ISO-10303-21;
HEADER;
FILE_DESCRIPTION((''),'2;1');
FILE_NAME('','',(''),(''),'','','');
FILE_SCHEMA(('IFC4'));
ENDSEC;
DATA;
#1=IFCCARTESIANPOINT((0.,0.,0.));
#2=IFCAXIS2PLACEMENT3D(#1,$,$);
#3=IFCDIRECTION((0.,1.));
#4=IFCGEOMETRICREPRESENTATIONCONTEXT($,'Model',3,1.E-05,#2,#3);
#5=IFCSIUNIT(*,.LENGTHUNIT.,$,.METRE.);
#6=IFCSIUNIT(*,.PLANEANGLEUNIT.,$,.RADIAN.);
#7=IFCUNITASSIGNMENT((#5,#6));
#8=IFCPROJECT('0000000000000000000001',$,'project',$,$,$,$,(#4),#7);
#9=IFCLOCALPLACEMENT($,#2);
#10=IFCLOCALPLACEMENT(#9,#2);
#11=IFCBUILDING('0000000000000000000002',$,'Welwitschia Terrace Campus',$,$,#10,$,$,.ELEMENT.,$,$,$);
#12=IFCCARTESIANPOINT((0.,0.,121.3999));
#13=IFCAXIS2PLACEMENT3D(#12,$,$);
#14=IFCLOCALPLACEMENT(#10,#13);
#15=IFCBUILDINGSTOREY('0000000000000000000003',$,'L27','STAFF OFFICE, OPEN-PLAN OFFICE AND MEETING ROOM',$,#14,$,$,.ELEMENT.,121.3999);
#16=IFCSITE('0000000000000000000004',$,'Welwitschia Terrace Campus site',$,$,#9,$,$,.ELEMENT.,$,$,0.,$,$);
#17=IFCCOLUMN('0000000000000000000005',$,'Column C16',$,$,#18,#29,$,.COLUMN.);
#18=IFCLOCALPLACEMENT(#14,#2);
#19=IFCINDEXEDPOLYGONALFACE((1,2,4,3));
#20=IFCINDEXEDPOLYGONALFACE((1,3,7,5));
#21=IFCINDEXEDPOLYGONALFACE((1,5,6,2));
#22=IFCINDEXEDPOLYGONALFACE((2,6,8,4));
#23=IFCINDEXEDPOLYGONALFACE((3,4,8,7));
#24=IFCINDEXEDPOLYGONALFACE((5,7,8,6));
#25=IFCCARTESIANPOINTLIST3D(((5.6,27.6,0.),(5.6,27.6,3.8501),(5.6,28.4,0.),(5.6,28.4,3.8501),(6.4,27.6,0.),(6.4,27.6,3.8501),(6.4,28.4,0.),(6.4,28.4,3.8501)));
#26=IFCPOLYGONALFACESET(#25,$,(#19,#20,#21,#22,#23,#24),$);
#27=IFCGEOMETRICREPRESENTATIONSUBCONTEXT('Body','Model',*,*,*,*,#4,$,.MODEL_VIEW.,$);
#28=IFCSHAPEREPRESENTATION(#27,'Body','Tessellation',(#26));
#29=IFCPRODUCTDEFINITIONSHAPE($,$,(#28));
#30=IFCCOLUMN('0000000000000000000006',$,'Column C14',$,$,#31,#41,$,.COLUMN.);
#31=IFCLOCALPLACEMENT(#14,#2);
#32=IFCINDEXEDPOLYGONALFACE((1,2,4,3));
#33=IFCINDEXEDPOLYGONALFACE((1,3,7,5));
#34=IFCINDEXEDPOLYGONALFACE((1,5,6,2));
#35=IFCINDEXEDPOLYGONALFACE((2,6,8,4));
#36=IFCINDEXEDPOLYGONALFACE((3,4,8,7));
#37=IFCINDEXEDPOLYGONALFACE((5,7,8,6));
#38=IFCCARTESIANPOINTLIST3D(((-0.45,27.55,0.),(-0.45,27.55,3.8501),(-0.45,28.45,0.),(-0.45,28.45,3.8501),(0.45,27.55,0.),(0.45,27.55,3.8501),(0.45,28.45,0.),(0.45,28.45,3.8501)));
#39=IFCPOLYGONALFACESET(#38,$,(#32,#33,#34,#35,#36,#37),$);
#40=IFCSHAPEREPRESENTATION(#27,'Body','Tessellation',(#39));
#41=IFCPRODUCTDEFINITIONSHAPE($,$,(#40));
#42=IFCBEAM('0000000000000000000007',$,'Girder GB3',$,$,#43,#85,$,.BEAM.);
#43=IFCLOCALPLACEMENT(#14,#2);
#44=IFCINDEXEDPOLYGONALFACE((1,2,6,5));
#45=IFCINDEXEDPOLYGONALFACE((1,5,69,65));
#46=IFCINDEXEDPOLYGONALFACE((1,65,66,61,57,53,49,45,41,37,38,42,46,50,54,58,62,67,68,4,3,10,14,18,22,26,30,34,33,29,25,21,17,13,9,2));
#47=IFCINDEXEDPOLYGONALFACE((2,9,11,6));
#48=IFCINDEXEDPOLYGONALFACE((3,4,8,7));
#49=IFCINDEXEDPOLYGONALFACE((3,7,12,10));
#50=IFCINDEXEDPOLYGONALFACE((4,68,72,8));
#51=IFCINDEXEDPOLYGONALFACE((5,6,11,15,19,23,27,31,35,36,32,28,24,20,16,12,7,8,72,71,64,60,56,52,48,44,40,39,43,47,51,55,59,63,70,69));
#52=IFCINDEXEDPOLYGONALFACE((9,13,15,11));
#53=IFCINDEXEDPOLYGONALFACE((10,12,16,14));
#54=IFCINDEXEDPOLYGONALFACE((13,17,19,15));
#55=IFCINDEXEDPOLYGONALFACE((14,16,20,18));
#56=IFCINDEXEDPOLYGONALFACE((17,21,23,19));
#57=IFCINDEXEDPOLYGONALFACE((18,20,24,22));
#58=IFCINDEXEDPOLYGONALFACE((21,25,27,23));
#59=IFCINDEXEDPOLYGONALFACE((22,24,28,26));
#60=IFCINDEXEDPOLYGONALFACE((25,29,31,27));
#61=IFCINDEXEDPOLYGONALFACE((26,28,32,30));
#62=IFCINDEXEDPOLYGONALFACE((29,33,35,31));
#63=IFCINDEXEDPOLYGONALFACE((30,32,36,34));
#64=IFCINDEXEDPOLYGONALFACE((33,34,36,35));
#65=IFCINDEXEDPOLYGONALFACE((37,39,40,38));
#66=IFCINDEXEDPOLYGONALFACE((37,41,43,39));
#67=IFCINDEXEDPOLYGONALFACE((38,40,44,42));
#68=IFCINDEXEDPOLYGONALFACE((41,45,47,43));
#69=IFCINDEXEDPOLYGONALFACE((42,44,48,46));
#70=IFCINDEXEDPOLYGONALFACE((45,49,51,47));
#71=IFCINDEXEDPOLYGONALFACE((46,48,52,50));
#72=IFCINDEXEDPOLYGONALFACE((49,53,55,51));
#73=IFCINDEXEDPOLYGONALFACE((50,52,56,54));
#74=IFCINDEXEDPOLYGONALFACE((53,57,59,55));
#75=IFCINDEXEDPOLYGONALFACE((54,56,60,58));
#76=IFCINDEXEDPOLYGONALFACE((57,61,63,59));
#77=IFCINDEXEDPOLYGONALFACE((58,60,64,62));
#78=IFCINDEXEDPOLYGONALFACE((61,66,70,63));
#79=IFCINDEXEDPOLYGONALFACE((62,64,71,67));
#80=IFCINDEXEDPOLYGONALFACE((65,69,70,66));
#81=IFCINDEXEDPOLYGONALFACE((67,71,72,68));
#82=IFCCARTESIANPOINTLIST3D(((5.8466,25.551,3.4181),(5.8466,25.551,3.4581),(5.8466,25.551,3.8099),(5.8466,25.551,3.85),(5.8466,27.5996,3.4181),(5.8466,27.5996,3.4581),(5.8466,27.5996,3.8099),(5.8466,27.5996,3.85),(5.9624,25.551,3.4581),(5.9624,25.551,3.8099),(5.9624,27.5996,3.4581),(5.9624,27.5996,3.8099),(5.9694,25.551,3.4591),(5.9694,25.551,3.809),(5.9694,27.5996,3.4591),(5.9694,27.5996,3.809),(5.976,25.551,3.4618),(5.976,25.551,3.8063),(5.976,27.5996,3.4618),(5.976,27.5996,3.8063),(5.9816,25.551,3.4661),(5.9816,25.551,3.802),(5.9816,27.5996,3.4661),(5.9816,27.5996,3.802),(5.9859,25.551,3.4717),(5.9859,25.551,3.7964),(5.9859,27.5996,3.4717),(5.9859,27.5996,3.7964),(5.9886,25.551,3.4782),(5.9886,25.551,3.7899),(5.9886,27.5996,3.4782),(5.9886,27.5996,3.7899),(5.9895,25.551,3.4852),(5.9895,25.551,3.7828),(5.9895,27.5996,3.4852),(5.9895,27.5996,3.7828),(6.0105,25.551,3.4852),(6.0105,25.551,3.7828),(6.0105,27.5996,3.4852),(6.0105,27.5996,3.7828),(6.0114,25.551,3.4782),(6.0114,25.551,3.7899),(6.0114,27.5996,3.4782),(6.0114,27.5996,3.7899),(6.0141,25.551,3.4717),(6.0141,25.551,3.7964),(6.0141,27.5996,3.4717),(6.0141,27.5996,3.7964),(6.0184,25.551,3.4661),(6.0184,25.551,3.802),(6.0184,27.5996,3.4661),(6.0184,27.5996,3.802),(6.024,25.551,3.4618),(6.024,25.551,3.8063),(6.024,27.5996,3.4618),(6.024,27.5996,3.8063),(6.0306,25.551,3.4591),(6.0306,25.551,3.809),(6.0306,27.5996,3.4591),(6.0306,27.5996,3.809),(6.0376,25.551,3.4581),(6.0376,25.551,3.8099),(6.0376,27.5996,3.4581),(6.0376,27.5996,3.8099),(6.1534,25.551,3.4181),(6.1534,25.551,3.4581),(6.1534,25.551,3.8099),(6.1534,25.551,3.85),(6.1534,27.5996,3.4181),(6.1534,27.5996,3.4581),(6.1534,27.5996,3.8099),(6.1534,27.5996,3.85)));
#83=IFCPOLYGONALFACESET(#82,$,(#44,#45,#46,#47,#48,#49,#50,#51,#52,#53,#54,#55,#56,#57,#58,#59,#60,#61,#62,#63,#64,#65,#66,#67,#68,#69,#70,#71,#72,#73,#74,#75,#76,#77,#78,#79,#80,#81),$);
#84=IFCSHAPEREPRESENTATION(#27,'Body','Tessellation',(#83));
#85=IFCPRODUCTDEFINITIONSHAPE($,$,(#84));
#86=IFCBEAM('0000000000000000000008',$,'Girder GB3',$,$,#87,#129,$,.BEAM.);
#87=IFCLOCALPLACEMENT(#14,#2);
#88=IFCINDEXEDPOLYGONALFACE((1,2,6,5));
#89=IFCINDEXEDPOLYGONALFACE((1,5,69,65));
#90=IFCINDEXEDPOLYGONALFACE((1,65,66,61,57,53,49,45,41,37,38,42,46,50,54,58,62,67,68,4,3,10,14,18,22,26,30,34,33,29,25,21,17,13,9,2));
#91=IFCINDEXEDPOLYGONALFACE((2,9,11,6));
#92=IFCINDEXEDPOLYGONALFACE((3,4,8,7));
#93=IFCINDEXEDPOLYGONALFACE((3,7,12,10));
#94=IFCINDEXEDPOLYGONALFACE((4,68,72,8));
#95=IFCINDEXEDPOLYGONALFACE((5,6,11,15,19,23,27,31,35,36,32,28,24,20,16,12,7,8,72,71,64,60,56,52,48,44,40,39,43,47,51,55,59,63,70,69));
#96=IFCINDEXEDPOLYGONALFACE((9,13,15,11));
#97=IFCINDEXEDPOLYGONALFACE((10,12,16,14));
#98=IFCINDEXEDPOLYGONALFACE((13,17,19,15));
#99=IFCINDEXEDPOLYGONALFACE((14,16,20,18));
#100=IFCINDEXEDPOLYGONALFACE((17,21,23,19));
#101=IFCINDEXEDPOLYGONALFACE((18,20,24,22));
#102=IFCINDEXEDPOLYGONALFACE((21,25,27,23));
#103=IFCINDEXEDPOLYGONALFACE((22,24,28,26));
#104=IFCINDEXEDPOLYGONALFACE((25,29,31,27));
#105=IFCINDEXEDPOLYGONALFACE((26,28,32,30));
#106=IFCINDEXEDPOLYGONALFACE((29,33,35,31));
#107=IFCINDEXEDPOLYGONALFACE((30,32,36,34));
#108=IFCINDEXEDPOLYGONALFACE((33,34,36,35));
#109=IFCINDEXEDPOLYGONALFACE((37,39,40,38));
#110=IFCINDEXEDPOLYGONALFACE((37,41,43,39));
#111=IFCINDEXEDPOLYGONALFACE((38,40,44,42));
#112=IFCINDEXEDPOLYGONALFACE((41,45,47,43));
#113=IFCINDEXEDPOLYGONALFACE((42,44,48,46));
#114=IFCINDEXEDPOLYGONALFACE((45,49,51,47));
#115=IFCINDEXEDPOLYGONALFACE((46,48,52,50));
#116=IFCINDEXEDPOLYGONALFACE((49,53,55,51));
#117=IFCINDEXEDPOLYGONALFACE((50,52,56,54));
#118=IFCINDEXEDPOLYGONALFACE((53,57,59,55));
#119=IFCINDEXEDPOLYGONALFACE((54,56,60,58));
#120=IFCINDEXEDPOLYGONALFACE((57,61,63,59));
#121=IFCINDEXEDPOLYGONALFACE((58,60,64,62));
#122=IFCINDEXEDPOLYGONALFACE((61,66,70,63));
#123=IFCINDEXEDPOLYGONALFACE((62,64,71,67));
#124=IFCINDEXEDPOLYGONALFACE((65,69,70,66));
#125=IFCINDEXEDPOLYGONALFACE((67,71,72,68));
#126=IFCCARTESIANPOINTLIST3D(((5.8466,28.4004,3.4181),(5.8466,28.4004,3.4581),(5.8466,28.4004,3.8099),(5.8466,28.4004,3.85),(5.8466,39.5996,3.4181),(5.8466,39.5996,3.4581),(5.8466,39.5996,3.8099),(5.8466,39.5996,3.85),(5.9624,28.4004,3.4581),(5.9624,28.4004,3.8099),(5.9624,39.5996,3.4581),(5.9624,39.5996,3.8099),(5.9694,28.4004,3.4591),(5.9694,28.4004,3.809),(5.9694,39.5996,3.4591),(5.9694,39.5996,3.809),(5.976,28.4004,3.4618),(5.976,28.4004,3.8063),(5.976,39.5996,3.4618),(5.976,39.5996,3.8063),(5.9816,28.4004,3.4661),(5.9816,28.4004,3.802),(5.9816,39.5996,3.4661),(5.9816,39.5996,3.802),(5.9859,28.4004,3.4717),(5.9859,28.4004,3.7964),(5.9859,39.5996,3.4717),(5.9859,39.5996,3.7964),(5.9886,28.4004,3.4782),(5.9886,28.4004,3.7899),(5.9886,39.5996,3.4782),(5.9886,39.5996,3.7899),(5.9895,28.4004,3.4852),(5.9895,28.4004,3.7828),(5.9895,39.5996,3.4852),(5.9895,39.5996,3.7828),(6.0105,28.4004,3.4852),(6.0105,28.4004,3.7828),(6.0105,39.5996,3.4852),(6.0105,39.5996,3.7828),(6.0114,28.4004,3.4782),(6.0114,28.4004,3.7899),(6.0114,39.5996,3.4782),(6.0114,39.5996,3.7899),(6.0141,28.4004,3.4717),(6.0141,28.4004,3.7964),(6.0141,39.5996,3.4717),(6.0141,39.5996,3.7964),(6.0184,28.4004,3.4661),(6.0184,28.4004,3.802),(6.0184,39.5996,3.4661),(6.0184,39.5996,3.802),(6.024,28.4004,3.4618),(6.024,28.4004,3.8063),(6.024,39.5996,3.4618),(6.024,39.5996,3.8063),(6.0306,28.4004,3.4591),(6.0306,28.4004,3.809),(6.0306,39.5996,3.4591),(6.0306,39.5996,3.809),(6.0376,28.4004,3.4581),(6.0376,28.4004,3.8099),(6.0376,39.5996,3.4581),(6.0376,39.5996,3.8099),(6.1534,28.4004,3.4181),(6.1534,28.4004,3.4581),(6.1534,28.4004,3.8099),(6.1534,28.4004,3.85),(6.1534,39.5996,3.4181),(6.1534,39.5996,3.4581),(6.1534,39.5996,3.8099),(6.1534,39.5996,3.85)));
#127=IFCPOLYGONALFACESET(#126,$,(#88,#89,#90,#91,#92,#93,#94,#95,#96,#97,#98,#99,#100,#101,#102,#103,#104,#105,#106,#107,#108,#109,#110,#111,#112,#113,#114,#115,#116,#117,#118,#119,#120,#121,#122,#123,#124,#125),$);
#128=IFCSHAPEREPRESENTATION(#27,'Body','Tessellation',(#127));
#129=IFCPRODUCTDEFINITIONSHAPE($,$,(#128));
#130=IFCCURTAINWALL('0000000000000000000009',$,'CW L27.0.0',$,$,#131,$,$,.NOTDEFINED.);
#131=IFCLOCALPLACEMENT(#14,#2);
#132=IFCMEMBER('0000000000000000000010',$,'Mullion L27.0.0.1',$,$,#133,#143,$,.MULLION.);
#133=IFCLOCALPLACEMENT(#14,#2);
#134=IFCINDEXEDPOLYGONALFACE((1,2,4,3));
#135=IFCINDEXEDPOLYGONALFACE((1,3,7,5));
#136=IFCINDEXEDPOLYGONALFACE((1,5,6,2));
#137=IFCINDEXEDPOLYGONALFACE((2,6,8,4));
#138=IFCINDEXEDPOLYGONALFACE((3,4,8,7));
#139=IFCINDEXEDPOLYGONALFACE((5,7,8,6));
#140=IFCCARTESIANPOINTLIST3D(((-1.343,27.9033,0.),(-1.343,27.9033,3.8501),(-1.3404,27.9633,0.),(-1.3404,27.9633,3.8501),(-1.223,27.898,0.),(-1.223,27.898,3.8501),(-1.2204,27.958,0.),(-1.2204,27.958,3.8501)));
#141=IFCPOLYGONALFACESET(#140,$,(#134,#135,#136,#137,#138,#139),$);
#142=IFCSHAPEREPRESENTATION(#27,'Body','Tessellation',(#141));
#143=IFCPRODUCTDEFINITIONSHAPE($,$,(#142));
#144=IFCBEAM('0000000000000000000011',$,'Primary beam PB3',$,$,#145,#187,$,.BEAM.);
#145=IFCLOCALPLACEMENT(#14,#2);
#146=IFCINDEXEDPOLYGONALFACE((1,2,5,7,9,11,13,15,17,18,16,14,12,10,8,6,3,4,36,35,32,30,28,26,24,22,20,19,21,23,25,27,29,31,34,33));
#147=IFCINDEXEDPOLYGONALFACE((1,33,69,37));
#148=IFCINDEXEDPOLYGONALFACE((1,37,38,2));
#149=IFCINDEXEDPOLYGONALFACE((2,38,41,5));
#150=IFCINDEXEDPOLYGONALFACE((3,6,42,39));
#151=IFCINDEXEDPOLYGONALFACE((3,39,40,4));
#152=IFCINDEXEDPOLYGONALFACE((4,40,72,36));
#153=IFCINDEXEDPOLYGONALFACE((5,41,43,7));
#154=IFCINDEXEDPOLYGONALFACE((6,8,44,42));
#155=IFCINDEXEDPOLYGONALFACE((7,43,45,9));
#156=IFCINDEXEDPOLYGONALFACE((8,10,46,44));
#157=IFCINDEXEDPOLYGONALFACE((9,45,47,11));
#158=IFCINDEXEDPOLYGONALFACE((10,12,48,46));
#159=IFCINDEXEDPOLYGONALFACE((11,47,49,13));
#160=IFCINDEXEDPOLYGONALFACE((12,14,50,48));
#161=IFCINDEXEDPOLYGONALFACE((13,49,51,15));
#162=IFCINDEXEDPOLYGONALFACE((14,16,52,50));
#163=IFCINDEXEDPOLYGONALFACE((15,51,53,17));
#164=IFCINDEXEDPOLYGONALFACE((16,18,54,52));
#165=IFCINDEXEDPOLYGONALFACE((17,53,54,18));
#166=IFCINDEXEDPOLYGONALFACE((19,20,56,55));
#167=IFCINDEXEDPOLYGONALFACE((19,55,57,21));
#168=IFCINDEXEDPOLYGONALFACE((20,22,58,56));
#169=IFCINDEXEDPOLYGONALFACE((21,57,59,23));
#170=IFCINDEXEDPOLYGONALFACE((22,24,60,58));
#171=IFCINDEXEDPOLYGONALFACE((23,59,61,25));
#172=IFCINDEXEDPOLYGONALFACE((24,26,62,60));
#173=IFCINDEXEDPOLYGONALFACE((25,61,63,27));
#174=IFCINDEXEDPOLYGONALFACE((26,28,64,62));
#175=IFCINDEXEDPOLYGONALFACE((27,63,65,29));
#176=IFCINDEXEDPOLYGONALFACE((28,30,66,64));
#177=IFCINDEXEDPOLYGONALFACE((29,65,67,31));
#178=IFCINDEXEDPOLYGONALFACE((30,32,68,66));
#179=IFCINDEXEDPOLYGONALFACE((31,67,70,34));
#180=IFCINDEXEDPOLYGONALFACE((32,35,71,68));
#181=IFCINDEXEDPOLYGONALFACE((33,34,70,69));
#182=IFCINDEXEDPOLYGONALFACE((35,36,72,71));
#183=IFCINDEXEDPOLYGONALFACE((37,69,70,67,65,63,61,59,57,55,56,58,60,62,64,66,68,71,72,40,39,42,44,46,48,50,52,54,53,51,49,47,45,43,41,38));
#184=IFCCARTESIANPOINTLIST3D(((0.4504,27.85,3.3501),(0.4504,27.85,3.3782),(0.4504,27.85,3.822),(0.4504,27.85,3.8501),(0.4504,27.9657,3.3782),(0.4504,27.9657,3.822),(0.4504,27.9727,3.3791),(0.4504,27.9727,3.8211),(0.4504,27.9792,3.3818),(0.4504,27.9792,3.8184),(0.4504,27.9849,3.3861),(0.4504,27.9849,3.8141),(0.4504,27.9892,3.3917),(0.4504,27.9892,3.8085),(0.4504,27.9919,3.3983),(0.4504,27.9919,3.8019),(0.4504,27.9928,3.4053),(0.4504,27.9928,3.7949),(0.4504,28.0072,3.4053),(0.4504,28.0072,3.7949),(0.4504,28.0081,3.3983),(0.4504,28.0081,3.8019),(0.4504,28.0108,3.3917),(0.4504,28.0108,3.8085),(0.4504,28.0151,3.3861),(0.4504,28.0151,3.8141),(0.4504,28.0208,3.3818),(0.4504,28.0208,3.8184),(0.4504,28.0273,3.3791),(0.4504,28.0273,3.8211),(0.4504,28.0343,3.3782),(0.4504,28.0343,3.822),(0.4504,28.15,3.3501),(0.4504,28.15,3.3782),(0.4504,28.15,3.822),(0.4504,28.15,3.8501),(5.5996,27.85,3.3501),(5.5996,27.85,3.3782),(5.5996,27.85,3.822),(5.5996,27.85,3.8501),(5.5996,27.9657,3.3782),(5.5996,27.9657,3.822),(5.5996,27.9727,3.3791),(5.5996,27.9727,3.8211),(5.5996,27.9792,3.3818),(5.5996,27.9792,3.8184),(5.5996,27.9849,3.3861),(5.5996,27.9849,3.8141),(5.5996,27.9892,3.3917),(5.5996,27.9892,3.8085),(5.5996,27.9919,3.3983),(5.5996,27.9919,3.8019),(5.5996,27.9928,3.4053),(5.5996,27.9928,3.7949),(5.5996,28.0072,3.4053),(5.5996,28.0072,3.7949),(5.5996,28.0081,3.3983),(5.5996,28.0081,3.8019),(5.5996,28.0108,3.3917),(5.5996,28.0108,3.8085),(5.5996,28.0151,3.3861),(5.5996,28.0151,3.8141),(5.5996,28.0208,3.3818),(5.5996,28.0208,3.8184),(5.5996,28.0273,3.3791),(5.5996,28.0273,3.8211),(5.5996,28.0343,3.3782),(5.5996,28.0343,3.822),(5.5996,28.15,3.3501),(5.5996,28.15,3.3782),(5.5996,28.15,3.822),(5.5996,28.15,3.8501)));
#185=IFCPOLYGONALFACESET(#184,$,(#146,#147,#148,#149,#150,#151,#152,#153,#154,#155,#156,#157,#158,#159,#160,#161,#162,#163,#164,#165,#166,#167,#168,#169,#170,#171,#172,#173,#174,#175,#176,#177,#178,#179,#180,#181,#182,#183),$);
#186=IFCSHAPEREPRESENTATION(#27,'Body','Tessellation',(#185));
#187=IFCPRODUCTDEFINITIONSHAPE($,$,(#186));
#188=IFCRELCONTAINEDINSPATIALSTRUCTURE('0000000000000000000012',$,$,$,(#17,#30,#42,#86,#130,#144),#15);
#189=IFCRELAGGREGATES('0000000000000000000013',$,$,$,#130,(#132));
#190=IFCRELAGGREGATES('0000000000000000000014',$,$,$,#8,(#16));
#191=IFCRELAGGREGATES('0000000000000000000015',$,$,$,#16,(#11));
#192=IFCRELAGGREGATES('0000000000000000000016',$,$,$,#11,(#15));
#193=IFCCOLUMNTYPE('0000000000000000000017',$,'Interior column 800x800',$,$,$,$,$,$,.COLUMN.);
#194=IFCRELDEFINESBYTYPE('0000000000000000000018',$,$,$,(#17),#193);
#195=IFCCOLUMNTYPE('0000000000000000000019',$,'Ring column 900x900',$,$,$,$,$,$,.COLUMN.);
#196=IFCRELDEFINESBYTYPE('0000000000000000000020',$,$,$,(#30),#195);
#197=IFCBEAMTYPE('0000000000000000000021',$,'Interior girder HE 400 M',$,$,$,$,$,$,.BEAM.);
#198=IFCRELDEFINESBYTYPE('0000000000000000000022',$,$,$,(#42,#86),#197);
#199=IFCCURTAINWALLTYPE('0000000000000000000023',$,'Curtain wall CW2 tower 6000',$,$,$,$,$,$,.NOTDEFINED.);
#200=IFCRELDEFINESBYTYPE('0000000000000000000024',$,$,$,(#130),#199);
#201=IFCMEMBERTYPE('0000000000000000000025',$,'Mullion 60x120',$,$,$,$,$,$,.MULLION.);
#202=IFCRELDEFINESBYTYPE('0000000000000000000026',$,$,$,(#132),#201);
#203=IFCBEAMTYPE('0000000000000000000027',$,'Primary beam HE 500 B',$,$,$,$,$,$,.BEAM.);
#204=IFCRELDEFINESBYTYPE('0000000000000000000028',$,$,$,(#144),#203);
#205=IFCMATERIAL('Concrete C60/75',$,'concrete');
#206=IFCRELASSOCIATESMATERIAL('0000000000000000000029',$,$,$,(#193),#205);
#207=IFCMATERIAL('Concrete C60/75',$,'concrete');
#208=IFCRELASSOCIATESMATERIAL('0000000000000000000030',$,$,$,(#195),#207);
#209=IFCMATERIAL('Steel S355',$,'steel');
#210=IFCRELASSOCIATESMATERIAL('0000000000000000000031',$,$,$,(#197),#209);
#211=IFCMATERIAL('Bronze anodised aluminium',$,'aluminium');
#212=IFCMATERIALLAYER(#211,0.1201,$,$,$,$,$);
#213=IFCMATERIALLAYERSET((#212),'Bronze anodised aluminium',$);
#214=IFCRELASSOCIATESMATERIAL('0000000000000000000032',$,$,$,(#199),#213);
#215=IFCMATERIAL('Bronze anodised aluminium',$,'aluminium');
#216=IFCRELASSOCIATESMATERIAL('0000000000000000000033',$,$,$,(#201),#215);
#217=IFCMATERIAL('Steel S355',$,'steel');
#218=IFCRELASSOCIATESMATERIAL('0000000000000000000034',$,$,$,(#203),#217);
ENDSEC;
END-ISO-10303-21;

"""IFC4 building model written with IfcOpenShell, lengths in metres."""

from ifc_helpers import new_model, si_unit, direction, frame, origin, origin_2d, place, context, subcontext, project, spatial, rectangle, i_section, extrude, material, layer, layer_set, material_profile, profile_set, type_object, element, aggregate, save


model = new_model("IFC4")

# Units and contexts
model_context = context("Model", 3, precision=1e-05, world=origin(), true_north=direction((0.0, 1.0)))
body_context = subcontext(model_context, "Body", "Model", "MODEL_VIEW")
ifc_project = project(units=[si_unit("LENGTHUNIT", "METRE"), si_unit("PLANEANGLEUNIT", "RADIAN")], contexts=[model_context])

# Site, building, storey
site_placement = place(None, origin())
site = spatial("IfcSite", under=ifc_project, at=site_placement, Name="Welwitschia Terrace Campus site", CompositionType="ELEMENT", RefElevation=0.0)
building_placement = place(site_placement, origin())
building = spatial("IfcBuilding", under=site, at=building_placement, Name="Welwitschia Terrace Campus", CompositionType="ELEMENT")
storey_placement = place(building_placement, frame((0.0, 0.0, 121.3999)))
storey = spatial("IfcBuildingStorey", under=building, at=storey_placement, Name="L27", Description="STAFF OFFICE, OPEN-PLAN OFFICE AND MEETING ROOM", CompositionType="ELEMENT", Elevation=121.3999)

# Columns
ifc_material_1 = material(Name="Concrete C60/75", Category="concrete")
ifc_material_profile_1 = material_profile(ifc_material_1, rectangle(XDim=0.8, YDim=0.8, at=origin_2d()))
ifc_profile_set_1 = profile_set([ifc_material_profile_1], Name="Concrete C60/75")
column_type_1 = type_object("IfcColumnType", Name="Interior column 800x800", PredefinedType="COLUMN", material=ifc_profile_set_1)
column_1_placement = place(storey_placement, frame((6.0, 28.0, 0.0), z_axis=(0.0, 0.0, 1.0), x_axis=(1.0, 0.0, 0.0)))
element("IfcColumn", 1, at=column_1_placement, inside=storey, type_object=column_type_1, Name="Column C16", PredefinedType="COLUMN", context=body_context, shape_type="SweptSolid", body=[
    extrude(rectangle(XDim=0.8, YDim=0.8, at=origin_2d()), origin(), (0.0, 0.0, 1.0), 3.8501),
])
ifc_material_2 = material(Name="Concrete C60/75", Category="concrete")
ifc_material_profile_2 = material_profile(ifc_material_2, rectangle(XDim=0.8999, YDim=0.8999, at=origin_2d()))
ifc_profile_set_2 = profile_set([ifc_material_profile_2], Name="Concrete C60/75")
column_type_2 = type_object("IfcColumnType", Name="Ring column 900x900", PredefinedType="COLUMN", material=ifc_profile_set_2)
column_2_placement = place(storey_placement, frame((0.0, 28.0, 0.0), z_axis=(0.0, 0.0, 1.0), x_axis=(1.0, 0.0, 0.0)))
element("IfcColumn", 2, at=column_2_placement, inside=storey, type_object=column_type_2, Name="Column C14", PredefinedType="COLUMN", context=body_context, shape_type="SweptSolid", body=[
    extrude(rectangle(XDim=0.8999, YDim=0.8999, at=origin_2d()), origin(), (0.0, 0.0, 1.0), 3.8501),
])

# Beams
ifc_material_3 = material(Name="Steel S355", Category="steel")
ifc_material_profile_3 = material_profile(ifc_material_3, i_section(OverallWidth=0.3069, OverallDepth=0.4319, WebThickness=0.021, FlangeThickness=0.04, FilletRadius=0.0271, at=origin_2d()))
ifc_profile_set_3 = profile_set([ifc_material_profile_3], Name="Steel S355")
beam_type_1 = type_object("IfcBeamType", Name="Interior girder HE 400 M", PredefinedType="BEAM", material=ifc_profile_set_3)
beam_1_placement = place(storey_placement, frame((6.0, 25.551, 3.634), z_axis=(0.0, 1.0, 0.0), x_axis=(-1.0, 0.0, 0.0)))
element("IfcBeam", 3, at=beam_1_placement, inside=storey, type_object=beam_type_1, Name="Girder GB3", PredefinedType="BEAM", context=body_context, shape_type="SweptSolid", body=[
    extrude(i_section(OverallWidth=0.3069, OverallDepth=0.4319, WebThickness=0.021, FlangeThickness=0.04, FilletRadius=0.0271, at=origin_2d()), origin(), (0.0, 0.0, 1.0), 2.0486),
])
beam_2_placement = place(storey_placement, frame((6.0, 28.4004, 3.634), z_axis=(0.0, 1.0, 0.0), x_axis=(-1.0, 0.0, 0.0)))
element("IfcBeam", 4, at=beam_2_placement, inside=storey, type_object=beam_type_1, Name="Girder GB3", PredefinedType="BEAM", context=body_context, shape_type="SweptSolid", body=[
    extrude(i_section(OverallWidth=0.3069, OverallDepth=0.4319, WebThickness=0.021, FlangeThickness=0.04, FilletRadius=0.0271, at=origin_2d()), origin(), (0.0, 0.0, 1.0), 11.1992),
])

# Curtain wall, member
ifc_material_4 = material(Name="Bronze anodised aluminium", Category="aluminium")
ifc_layer_1 = layer(ifc_material_4, 0.1201)
ifc_layer_set_1 = layer_set([ifc_layer_1], Name="Bronze anodised aluminium")
curtain_wall_type = type_object("IfcCurtainWallType", Name="Curtain wall CW2 tower 6000", PredefinedType="NOTDEFINED", material=ifc_layer_set_1)
curtain_wall_placement = place(storey_placement, origin())
curtain_wall = element("IfcCurtainWall", 5, at=curtain_wall_placement, inside=storey, type_object=curtain_wall_type, Name="CW L27.0.0", PredefinedType="NOTDEFINED")
ifc_material_5 = material(Name="Bronze anodised aluminium", Category="aluminium")
ifc_material_profile_4 = material_profile(ifc_material_5, rectangle(XDim=0.1201, YDim=0.0601, at=origin_2d()))
ifc_profile_set_4 = profile_set([ifc_material_profile_4], Name="Bronze anodised aluminium")
member_type = type_object("IfcMemberType", Name="Mullion 60x120", PredefinedType="MULLION", material=ifc_profile_set_4)
member_placement = place(storey_placement, frame((-1.2817, 27.9307, 0.0), z_axis=(0.0, 0.0, 1.0), x_axis=(0.999048, -0.043619, 0.0)))
member = element("IfcMember", 6, at=member_placement, type_object=member_type, Name="Mullion L27.0.0.1", PredefinedType="MULLION", context=body_context, shape_type="SweptSolid", body=[
    extrude(rectangle(XDim=0.1201, YDim=0.0601, at=origin_2d()), origin(), (0.0, 0.0, 1.0), 3.8501),
])

# Beam
ifc_material_6 = material(Name="Steel S355", Category="steel")
ifc_material_profile_5 = material_profile(ifc_material_6, i_section(OverallWidth=0.3, OverallDepth=0.5, WebThickness=0.0144, FlangeThickness=0.0281, FilletRadius=0.0271, at=origin_2d()))
ifc_profile_set_5 = profile_set([ifc_material_profile_5], Name="Steel S355")
beam_type_2 = type_object("IfcBeamType", Name="Primary beam HE 500 B", PredefinedType="BEAM", material=ifc_profile_set_5)
beam_3_placement = place(storey_placement, frame((0.4504, 28.0, 3.6001), z_axis=(1.0, 0.0, 0.0), x_axis=(0.0, 1.0, 0.0)))
element("IfcBeam", 7, at=beam_3_placement, inside=storey, type_object=beam_type_2, Name="Primary beam PB3", PredefinedType="BEAM", context=body_context, shape_type="SweptSolid", body=[
    extrude(i_section(OverallWidth=0.3, OverallDepth=0.5, WebThickness=0.0144, FlangeThickness=0.0281, FilletRadius=0.0271, at=origin_2d()), origin(), (0.0, 0.0, 1.0), 5.1492),
])

aggregate(curtain_wall, [member])

save(model, "model.ifc")
